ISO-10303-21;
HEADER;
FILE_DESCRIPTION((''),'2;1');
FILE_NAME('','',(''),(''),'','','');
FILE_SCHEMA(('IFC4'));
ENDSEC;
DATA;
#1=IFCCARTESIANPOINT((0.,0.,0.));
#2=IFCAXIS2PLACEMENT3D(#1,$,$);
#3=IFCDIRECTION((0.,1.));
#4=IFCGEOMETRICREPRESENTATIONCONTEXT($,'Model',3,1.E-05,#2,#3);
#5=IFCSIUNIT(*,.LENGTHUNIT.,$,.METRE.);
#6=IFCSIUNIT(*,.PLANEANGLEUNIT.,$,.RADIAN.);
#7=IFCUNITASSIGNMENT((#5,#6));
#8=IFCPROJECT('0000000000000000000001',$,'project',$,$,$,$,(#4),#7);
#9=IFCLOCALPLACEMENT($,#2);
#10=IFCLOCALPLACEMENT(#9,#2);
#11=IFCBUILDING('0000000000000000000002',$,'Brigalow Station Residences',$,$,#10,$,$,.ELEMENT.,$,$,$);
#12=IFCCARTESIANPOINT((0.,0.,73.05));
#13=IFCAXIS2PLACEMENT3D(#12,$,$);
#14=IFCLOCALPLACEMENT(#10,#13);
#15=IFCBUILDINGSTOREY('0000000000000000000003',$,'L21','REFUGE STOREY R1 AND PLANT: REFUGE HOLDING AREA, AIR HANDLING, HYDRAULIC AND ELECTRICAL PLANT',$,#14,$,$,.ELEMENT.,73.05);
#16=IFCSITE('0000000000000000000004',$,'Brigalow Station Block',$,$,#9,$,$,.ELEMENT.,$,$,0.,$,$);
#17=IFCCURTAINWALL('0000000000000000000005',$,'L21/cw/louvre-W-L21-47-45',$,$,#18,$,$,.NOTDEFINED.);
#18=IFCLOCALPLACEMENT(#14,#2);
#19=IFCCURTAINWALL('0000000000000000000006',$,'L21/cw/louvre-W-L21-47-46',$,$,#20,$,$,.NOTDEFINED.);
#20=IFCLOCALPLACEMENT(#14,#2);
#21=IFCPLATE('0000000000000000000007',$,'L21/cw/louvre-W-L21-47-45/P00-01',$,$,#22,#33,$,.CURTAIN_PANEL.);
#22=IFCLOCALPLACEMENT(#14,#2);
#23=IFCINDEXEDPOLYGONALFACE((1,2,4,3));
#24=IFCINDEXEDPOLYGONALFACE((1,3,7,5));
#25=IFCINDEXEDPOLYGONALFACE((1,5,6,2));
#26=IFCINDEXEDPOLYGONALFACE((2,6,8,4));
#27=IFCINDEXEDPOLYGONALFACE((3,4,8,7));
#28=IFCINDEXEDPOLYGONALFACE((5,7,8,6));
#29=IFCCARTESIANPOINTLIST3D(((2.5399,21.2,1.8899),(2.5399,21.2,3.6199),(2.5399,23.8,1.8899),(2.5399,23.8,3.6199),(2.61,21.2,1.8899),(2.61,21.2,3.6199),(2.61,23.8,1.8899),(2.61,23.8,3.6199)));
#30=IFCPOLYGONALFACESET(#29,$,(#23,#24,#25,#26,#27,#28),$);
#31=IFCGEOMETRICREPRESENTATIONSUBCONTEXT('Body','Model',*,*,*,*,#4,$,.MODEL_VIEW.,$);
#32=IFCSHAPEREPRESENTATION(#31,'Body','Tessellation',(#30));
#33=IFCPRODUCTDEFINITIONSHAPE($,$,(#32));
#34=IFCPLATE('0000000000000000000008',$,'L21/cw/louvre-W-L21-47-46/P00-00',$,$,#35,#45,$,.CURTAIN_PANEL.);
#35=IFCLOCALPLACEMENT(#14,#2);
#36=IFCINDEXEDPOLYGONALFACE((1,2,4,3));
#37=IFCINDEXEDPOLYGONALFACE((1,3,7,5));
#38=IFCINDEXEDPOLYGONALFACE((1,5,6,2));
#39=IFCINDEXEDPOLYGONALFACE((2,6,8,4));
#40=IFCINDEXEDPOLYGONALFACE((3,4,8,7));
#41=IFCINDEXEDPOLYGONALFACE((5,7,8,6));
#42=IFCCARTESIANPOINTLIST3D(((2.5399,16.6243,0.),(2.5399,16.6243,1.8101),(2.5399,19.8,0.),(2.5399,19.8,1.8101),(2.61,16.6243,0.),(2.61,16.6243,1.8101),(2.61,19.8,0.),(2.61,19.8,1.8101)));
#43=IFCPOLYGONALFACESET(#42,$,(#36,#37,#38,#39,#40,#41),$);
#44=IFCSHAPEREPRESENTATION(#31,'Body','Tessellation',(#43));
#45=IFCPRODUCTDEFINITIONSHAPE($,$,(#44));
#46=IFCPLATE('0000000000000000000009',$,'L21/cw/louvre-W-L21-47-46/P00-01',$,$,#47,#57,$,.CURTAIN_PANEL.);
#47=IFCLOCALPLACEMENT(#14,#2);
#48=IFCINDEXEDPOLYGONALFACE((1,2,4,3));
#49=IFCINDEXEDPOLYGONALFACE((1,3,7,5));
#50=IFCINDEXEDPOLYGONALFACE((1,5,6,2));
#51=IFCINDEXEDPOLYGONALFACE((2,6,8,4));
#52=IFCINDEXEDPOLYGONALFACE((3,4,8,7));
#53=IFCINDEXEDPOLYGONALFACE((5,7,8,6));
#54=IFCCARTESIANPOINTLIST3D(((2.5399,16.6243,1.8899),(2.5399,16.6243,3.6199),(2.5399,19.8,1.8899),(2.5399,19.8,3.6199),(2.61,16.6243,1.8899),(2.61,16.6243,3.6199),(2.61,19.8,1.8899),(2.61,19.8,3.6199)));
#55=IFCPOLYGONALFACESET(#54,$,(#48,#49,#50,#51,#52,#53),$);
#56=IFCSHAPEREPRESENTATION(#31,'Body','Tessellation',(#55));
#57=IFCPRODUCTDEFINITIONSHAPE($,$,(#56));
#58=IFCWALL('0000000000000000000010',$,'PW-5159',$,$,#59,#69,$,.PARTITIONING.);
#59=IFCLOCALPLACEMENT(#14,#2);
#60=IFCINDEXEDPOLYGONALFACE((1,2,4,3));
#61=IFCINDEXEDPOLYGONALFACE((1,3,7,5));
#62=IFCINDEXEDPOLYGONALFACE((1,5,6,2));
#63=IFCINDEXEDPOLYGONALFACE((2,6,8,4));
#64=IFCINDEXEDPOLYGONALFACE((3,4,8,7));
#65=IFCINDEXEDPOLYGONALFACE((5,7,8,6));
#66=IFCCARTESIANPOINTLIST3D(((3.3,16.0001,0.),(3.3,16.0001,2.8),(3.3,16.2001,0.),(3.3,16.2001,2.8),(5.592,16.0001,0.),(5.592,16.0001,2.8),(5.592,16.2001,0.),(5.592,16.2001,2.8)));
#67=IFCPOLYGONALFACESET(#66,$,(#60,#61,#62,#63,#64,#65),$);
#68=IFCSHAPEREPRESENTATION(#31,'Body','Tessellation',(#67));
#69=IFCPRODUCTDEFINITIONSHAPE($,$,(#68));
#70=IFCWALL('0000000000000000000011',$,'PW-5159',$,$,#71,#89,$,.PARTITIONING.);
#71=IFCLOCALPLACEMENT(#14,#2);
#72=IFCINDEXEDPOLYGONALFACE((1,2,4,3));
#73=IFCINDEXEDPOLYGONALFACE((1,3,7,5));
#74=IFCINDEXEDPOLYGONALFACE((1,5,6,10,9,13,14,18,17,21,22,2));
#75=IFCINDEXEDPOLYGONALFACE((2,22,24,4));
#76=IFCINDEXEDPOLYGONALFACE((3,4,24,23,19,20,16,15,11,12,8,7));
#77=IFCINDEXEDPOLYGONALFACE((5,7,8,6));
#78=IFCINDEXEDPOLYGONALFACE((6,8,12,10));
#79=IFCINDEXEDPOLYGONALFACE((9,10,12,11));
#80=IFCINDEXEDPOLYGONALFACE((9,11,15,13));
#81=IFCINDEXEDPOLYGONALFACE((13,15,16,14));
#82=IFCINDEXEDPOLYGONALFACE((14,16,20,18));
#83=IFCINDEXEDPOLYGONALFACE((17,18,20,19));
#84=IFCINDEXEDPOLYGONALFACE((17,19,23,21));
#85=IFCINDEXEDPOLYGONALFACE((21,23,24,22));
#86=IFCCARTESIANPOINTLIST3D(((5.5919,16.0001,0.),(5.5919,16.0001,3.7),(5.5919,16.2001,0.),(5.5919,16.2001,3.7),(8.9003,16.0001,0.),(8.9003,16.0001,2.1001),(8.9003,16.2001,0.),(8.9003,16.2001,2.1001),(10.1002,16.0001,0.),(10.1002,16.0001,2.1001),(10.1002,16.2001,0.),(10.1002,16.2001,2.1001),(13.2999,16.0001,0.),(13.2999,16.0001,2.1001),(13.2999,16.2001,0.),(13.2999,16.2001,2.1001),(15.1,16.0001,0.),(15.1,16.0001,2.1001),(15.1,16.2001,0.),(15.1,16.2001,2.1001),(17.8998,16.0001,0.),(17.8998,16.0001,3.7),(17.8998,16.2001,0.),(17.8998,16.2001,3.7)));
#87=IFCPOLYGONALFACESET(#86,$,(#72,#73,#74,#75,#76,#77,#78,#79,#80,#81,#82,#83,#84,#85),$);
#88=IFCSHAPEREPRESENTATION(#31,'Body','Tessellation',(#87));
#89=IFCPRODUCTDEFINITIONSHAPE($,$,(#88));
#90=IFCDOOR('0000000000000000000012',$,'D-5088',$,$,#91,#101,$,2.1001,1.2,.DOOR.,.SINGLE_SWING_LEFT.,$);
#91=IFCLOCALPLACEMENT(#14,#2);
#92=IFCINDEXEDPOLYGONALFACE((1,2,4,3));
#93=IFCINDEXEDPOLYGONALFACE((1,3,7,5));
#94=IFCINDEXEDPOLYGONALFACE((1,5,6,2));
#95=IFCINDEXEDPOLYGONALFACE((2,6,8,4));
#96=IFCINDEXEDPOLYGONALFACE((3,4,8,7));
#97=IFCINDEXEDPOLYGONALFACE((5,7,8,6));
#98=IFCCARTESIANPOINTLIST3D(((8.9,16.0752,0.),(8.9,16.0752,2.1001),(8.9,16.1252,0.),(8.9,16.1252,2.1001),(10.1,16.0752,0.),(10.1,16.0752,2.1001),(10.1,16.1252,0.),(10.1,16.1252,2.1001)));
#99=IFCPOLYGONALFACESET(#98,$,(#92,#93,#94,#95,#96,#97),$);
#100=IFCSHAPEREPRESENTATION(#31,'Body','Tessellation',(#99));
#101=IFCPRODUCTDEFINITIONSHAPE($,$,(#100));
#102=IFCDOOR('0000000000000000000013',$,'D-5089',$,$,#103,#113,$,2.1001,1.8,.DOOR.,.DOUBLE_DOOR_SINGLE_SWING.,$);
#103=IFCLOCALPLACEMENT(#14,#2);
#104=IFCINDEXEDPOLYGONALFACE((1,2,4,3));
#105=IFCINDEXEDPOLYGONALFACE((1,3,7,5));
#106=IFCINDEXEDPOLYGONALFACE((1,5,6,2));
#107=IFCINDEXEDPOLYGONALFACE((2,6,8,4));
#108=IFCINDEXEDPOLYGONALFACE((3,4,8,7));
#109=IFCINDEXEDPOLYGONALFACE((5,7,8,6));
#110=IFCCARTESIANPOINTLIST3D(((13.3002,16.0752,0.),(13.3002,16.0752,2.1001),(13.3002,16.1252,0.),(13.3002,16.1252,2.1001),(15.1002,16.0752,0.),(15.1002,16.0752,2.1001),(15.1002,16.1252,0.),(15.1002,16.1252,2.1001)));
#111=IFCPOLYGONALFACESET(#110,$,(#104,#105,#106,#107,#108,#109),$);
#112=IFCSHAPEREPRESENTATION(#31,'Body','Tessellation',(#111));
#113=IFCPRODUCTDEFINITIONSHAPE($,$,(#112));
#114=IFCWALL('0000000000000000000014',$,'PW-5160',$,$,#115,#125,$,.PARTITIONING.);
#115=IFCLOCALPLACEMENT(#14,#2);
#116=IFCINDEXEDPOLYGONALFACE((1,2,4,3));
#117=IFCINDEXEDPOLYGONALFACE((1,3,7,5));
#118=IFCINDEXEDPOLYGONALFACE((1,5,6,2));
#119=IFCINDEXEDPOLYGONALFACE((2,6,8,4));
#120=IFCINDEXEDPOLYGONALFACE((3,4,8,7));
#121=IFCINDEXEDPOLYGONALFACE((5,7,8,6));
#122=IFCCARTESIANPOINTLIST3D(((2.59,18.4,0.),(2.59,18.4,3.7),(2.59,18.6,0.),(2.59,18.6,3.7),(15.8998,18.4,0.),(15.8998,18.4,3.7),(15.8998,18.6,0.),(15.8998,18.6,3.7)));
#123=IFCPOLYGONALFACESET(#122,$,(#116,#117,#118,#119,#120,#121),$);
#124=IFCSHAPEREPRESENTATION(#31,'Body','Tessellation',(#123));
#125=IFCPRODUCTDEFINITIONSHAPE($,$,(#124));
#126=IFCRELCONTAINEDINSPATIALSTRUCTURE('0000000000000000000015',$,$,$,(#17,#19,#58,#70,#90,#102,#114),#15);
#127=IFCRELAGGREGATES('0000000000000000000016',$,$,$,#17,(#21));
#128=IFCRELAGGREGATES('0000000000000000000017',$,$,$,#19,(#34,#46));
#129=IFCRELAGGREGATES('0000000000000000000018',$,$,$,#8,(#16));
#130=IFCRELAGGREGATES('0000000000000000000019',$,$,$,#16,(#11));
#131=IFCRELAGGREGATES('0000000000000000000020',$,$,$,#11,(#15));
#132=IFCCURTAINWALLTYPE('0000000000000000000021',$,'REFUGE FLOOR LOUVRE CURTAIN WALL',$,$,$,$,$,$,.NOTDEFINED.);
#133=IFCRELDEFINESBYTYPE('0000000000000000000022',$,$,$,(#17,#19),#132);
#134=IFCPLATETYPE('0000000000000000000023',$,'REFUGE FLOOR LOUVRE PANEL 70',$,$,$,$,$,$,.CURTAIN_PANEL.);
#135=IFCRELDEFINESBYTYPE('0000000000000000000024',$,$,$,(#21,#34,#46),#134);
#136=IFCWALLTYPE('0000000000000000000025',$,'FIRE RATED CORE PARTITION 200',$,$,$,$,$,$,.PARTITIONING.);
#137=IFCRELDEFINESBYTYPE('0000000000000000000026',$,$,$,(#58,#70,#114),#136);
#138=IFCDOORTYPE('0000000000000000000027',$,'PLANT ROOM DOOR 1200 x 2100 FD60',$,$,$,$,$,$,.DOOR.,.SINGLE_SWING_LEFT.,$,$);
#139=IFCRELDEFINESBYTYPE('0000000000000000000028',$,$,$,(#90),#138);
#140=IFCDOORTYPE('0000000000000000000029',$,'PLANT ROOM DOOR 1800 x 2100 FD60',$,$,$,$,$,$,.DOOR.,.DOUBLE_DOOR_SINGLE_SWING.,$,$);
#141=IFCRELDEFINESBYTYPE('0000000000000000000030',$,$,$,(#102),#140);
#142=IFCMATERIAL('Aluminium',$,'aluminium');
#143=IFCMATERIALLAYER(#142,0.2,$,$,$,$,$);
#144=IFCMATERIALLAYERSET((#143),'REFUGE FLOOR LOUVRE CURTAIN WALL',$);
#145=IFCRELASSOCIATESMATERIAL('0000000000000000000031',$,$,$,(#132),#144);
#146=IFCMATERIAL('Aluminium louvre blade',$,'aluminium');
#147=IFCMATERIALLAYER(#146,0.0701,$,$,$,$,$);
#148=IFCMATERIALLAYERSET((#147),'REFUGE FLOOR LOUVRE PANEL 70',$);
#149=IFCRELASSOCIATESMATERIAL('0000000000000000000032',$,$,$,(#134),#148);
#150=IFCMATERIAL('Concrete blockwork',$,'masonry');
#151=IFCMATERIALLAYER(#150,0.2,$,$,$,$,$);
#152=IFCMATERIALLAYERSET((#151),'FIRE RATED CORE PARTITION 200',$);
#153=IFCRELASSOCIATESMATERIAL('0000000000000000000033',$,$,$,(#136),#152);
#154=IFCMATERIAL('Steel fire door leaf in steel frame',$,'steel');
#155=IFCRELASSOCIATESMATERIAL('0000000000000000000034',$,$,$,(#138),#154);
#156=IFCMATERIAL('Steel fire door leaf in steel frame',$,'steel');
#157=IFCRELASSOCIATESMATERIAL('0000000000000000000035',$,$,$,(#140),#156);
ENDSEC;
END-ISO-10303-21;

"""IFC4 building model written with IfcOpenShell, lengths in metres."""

from ifc_helpers import new_model, si_unit, direction, frame, frame_2d, origin, origin_2d, place, context, subcontext, project, spatial, rectangle, extrude, material, layer, layer_set, type_object, element, fill, aggregate, save


model = new_model("IFC4")

# Units and contexts
model_context = context("Model", 3, precision=1e-05, world=origin(), true_north=direction((0.0, 1.0)))
body_context = subcontext(model_context, "Body", "Model", "MODEL_VIEW")
ifc_project = project(units=[si_unit("LENGTHUNIT", "METRE"), si_unit("PLANEANGLEUNIT", "RADIAN")], contexts=[model_context])

# Site, building, storey
site_placement = place(None, origin())
site = spatial("IfcSite", under=ifc_project, at=site_placement, Name="Brigalow Station Block", CompositionType="ELEMENT", RefElevation=0.0)
building_placement = place(site_placement, origin())
building = spatial("IfcBuilding", under=site, at=building_placement, Name="Brigalow Station Residences", CompositionType="ELEMENT")
storey_placement = place(building_placement, frame((0.0, 0.0, 73.05)))
storey = spatial("IfcBuildingStorey", under=building, at=storey_placement, Name="L21", Description="REFUGE STOREY R1 AND PLANT: REFUGE HOLDING AREA, AIR HANDLING, HYDRAULIC AND ELECTRICAL PLANT", CompositionType="ELEMENT", Elevation=73.05)

# Curtain walls
ifc_material_1 = material(Name="Aluminium", Category="aluminium")
ifc_layer_1 = layer(ifc_material_1, 0.2)
ifc_layer_set_1 = layer_set([ifc_layer_1], Name="REFUGE FLOOR LOUVRE CURTAIN WALL")
curtain_wall_type = type_object("IfcCurtainWallType", Name="REFUGE FLOOR LOUVRE CURTAIN WALL", PredefinedType="NOTDEFINED", material=ifc_layer_set_1)
curtain_wall_1_placement = place(storey_placement, origin())
curtain_wall_1 = element("IfcCurtainWall", 1, at=curtain_wall_1_placement, inside=storey, type_object=curtain_wall_type, Name="L21/cw/louvre-W-L21-47-45", PredefinedType="NOTDEFINED")
curtain_wall_2_placement = place(storey_placement, origin())
curtain_wall_2 = element("IfcCurtainWall", 2, at=curtain_wall_2_placement, inside=storey, type_object=curtain_wall_type, Name="L21/cw/louvre-W-L21-47-46", PredefinedType="NOTDEFINED")

# Plates
ifc_material_2 = material(Name="Aluminium louvre blade", Category="aluminium")
ifc_layer_2 = layer(ifc_material_2, 0.0701)
ifc_layer_set_2 = layer_set([ifc_layer_2], Name="REFUGE FLOOR LOUVRE PANEL 70")
plate_type = type_object("IfcPlateType", Name="REFUGE FLOOR LOUVRE PANEL 70", PredefinedType="CURTAIN_PANEL", material=ifc_layer_set_2)
plate_1_placement = place(storey_placement, frame((2.575, 22.5, 1.8899), z_axis=(0.0, 0.0, 1.0), x_axis=(0.0, -1.0, 0.0)))
plate_1 = element("IfcPlate", 3, at=plate_1_placement, type_object=plate_type, Name="L21/cw/louvre-W-L21-47-45/P00-01", PredefinedType="CURTAIN_PANEL", context=body_context, shape_type="SweptSolid", body=[
    extrude(rectangle(XDim=2.6001, YDim=0.0701, at=origin_2d()), origin(), (0.0, 0.0, 1.0), 1.73),
])
aggregate(curtain_wall_1, [plate_1])
plate_2_placement = place(storey_placement, frame((2.575, 18.2122, 0.0), z_axis=(0.0, 0.0, 1.0), x_axis=(0.0, -1.0, 0.0)))
plate_2 = element("IfcPlate", 4, at=plate_2_placement, type_object=plate_type, Name="L21/cw/louvre-W-L21-47-46/P00-00", PredefinedType="CURTAIN_PANEL", context=body_context, shape_type="SweptSolid", body=[
    extrude(rectangle(XDim=3.1758, YDim=0.0701, at=origin_2d()), origin(), (0.0, 0.0, 1.0), 1.8101),
])
plate_3_placement = place(storey_placement, frame((2.575, 18.2122, 1.8899), z_axis=(0.0, 0.0, 1.0), x_axis=(0.0, -1.0, 0.0)))
plate_3 = element("IfcPlate", 5, at=plate_3_placement, type_object=plate_type, Name="L21/cw/louvre-W-L21-47-46/P00-01", PredefinedType="CURTAIN_PANEL", context=body_context, shape_type="SweptSolid", body=[
    extrude(rectangle(XDim=3.1758, YDim=0.0701, at=origin_2d()), origin(), (0.0, 0.0, 1.0), 1.73),
])
aggregate(curtain_wall_2, [plate_2, plate_3])

# Wall
ifc_material_3 = material(Name="Concrete blockwork", Category="masonry")
ifc_layer_3 = layer(ifc_material_3, 0.2)
ifc_layer_set_3 = layer_set([ifc_layer_3], Name="FIRE RATED CORE PARTITION 200")
wall_type = type_object("IfcWallType", Name="FIRE RATED CORE PARTITION 200", PredefinedType="PARTITIONING", material=ifc_layer_set_3)
wall_1_placement = place(storey_placement, frame((3.3, 16.1001, 0.0), z_axis=(0.0, 0.0, 1.0), x_axis=(1.0, 0.0, 0.0)))
element("IfcWall", 6, at=wall_1_placement, inside=storey, type_object=wall_type, Name="PW-5159", PredefinedType="PARTITIONING", context=body_context, shape_type="SweptSolid", body=[
    extrude(rectangle(XDim=2.292, YDim=0.2, at=frame_2d((1.146, 0.0))), origin(), (0.0, 0.0, 1.0), 2.8),
])

# Wall, openings, doors
wall_2_placement = place(storey_placement, frame((5.592, 16.1001, 0.0), z_axis=(0.0, 0.0, 1.0), x_axis=(1.0, 0.0, 0.0)))
wall_2 = element("IfcWall", 7, at=wall_2_placement, inside=storey, type_object=wall_type, Name="PW-5159", PredefinedType="PARTITIONING", context=body_context, shape_type="SweptSolid", body=[
    extrude(rectangle(XDim=12.3079, YDim=0.2, at=frame_2d((6.1538, 0.0))), origin(), (0.0, 0.0, 1.0), 3.7),
])
opening_1_placement = place(wall_2_placement, frame((3.3081, 0.0, 0.0)))
opening_1 = element("IfcOpeningElement", 8, at=opening_1_placement, cuts=wall_2, PredefinedType="OPENING", context=body_context, shape_type="SweptSolid", body=[
    extrude(rectangle(XDim=1.2, YDim=2.1001, at=frame_2d((0.6001, 1.05))), frame((0.0, 0.1099, 0.0), z_axis=(0.0, -1.0, 0.0), x_axis=(1.0, 0.0, 0.0)), (0.0, 0.0, 1.0), 0.22),
])
opening_2_placement = place(wall_2_placement, frame((7.708, 0.0, 0.0)))
opening_2 = element("IfcOpeningElement", 9, at=opening_2_placement, cuts=wall_2, PredefinedType="OPENING", context=body_context, shape_type="SweptSolid", body=[
    extrude(rectangle(XDim=1.8, YDim=2.1001, at=frame_2d((0.8999, 1.05))), frame((0.0, 0.1099, 0.0), z_axis=(0.0, -1.0, 0.0), x_axis=(1.0, 0.0, 0.0)), (0.0, 0.0, 1.0), 0.22),
])
ifc_material_4 = material(Name="Steel fire door leaf in steel frame", Category="steel")
door_type_1 = type_object("IfcDoorType", Name="PLANT ROOM DOOR 1200 x 2100 FD60", OperationType="SINGLE_SWING_LEFT", PredefinedType="DOOR", material=ifc_material_4)
door_1_placement = place(opening_1_placement, frame((1.2, 0.0, 0.0), z_axis=(0.0, 0.0, 1.0), x_axis=(-1.0, 0.0, 0.0)))
door_1 = element("IfcDoor", 10, at=door_1_placement, inside=storey, type_object=door_type_1, Name="D-5088", OperationType="SINGLE_SWING_LEFT", OverallHeight=2.1001, OverallWidth=1.2, PredefinedType="DOOR", context=body_context, shape_type="SweptSolid", body=[
    extrude(rectangle(XDim=1.2, YDim=2.1001, at=frame_2d((0.6001, 1.05))), frame((0.0, 0.0249, 0.0), z_axis=(0.0, -1.0, 0.0), x_axis=(1.0, 0.0, 0.0)), (0.0, 0.0, 1.0), 0.05),
])
fill(opening_1, door_1)
ifc_material_5 = material(Name="Steel fire door leaf in steel frame", Category="steel")
door_type_2 = type_object("IfcDoorType", Name="PLANT ROOM DOOR 1800 x 2100 FD60", OperationType="DOUBLE_DOOR_SINGLE_SWING", PredefinedType="DOOR", material=ifc_material_5)
door_2_placement = place(opening_2_placement, frame((1.8, 0.0, 0.0), z_axis=(0.0, 0.0, 1.0), x_axis=(-1.0, 0.0, 0.0)))
door_2 = element("IfcDoor", 11, at=door_2_placement, inside=storey, type_object=door_type_2, Name="D-5089", OperationType="DOUBLE_DOOR_SINGLE_SWING", OverallHeight=2.1001, OverallWidth=1.8, PredefinedType="DOOR", context=body_context, shape_type="SweptSolid", body=[
    extrude(rectangle(XDim=1.8, YDim=2.1001, at=frame_2d((0.8999, 1.05))), frame((0.0, 0.0249, 0.0), z_axis=(0.0, -1.0, 0.0), x_axis=(1.0, 0.0, 0.0)), (0.0, 0.0, 1.0), 0.05),
])
fill(opening_2, door_2)

# Wall
wall_3_placement = place(storey_placement, frame((2.5901, 18.5, 0.0), z_axis=(0.0, 0.0, 1.0), x_axis=(1.0, 0.0, 0.0)))
element("IfcWall", 12, at=wall_3_placement, inside=storey, type_object=wall_type, Name="PW-5160", PredefinedType="PARTITIONING", context=body_context, shape_type="SweptSolid", body=[
    extrude(rectangle(XDim=13.3098, YDim=0.2, at=frame_2d((6.6548, 0.0))), origin(), (0.0, 0.0, 1.0), 3.7),
])

save(model, "model.ifc")
